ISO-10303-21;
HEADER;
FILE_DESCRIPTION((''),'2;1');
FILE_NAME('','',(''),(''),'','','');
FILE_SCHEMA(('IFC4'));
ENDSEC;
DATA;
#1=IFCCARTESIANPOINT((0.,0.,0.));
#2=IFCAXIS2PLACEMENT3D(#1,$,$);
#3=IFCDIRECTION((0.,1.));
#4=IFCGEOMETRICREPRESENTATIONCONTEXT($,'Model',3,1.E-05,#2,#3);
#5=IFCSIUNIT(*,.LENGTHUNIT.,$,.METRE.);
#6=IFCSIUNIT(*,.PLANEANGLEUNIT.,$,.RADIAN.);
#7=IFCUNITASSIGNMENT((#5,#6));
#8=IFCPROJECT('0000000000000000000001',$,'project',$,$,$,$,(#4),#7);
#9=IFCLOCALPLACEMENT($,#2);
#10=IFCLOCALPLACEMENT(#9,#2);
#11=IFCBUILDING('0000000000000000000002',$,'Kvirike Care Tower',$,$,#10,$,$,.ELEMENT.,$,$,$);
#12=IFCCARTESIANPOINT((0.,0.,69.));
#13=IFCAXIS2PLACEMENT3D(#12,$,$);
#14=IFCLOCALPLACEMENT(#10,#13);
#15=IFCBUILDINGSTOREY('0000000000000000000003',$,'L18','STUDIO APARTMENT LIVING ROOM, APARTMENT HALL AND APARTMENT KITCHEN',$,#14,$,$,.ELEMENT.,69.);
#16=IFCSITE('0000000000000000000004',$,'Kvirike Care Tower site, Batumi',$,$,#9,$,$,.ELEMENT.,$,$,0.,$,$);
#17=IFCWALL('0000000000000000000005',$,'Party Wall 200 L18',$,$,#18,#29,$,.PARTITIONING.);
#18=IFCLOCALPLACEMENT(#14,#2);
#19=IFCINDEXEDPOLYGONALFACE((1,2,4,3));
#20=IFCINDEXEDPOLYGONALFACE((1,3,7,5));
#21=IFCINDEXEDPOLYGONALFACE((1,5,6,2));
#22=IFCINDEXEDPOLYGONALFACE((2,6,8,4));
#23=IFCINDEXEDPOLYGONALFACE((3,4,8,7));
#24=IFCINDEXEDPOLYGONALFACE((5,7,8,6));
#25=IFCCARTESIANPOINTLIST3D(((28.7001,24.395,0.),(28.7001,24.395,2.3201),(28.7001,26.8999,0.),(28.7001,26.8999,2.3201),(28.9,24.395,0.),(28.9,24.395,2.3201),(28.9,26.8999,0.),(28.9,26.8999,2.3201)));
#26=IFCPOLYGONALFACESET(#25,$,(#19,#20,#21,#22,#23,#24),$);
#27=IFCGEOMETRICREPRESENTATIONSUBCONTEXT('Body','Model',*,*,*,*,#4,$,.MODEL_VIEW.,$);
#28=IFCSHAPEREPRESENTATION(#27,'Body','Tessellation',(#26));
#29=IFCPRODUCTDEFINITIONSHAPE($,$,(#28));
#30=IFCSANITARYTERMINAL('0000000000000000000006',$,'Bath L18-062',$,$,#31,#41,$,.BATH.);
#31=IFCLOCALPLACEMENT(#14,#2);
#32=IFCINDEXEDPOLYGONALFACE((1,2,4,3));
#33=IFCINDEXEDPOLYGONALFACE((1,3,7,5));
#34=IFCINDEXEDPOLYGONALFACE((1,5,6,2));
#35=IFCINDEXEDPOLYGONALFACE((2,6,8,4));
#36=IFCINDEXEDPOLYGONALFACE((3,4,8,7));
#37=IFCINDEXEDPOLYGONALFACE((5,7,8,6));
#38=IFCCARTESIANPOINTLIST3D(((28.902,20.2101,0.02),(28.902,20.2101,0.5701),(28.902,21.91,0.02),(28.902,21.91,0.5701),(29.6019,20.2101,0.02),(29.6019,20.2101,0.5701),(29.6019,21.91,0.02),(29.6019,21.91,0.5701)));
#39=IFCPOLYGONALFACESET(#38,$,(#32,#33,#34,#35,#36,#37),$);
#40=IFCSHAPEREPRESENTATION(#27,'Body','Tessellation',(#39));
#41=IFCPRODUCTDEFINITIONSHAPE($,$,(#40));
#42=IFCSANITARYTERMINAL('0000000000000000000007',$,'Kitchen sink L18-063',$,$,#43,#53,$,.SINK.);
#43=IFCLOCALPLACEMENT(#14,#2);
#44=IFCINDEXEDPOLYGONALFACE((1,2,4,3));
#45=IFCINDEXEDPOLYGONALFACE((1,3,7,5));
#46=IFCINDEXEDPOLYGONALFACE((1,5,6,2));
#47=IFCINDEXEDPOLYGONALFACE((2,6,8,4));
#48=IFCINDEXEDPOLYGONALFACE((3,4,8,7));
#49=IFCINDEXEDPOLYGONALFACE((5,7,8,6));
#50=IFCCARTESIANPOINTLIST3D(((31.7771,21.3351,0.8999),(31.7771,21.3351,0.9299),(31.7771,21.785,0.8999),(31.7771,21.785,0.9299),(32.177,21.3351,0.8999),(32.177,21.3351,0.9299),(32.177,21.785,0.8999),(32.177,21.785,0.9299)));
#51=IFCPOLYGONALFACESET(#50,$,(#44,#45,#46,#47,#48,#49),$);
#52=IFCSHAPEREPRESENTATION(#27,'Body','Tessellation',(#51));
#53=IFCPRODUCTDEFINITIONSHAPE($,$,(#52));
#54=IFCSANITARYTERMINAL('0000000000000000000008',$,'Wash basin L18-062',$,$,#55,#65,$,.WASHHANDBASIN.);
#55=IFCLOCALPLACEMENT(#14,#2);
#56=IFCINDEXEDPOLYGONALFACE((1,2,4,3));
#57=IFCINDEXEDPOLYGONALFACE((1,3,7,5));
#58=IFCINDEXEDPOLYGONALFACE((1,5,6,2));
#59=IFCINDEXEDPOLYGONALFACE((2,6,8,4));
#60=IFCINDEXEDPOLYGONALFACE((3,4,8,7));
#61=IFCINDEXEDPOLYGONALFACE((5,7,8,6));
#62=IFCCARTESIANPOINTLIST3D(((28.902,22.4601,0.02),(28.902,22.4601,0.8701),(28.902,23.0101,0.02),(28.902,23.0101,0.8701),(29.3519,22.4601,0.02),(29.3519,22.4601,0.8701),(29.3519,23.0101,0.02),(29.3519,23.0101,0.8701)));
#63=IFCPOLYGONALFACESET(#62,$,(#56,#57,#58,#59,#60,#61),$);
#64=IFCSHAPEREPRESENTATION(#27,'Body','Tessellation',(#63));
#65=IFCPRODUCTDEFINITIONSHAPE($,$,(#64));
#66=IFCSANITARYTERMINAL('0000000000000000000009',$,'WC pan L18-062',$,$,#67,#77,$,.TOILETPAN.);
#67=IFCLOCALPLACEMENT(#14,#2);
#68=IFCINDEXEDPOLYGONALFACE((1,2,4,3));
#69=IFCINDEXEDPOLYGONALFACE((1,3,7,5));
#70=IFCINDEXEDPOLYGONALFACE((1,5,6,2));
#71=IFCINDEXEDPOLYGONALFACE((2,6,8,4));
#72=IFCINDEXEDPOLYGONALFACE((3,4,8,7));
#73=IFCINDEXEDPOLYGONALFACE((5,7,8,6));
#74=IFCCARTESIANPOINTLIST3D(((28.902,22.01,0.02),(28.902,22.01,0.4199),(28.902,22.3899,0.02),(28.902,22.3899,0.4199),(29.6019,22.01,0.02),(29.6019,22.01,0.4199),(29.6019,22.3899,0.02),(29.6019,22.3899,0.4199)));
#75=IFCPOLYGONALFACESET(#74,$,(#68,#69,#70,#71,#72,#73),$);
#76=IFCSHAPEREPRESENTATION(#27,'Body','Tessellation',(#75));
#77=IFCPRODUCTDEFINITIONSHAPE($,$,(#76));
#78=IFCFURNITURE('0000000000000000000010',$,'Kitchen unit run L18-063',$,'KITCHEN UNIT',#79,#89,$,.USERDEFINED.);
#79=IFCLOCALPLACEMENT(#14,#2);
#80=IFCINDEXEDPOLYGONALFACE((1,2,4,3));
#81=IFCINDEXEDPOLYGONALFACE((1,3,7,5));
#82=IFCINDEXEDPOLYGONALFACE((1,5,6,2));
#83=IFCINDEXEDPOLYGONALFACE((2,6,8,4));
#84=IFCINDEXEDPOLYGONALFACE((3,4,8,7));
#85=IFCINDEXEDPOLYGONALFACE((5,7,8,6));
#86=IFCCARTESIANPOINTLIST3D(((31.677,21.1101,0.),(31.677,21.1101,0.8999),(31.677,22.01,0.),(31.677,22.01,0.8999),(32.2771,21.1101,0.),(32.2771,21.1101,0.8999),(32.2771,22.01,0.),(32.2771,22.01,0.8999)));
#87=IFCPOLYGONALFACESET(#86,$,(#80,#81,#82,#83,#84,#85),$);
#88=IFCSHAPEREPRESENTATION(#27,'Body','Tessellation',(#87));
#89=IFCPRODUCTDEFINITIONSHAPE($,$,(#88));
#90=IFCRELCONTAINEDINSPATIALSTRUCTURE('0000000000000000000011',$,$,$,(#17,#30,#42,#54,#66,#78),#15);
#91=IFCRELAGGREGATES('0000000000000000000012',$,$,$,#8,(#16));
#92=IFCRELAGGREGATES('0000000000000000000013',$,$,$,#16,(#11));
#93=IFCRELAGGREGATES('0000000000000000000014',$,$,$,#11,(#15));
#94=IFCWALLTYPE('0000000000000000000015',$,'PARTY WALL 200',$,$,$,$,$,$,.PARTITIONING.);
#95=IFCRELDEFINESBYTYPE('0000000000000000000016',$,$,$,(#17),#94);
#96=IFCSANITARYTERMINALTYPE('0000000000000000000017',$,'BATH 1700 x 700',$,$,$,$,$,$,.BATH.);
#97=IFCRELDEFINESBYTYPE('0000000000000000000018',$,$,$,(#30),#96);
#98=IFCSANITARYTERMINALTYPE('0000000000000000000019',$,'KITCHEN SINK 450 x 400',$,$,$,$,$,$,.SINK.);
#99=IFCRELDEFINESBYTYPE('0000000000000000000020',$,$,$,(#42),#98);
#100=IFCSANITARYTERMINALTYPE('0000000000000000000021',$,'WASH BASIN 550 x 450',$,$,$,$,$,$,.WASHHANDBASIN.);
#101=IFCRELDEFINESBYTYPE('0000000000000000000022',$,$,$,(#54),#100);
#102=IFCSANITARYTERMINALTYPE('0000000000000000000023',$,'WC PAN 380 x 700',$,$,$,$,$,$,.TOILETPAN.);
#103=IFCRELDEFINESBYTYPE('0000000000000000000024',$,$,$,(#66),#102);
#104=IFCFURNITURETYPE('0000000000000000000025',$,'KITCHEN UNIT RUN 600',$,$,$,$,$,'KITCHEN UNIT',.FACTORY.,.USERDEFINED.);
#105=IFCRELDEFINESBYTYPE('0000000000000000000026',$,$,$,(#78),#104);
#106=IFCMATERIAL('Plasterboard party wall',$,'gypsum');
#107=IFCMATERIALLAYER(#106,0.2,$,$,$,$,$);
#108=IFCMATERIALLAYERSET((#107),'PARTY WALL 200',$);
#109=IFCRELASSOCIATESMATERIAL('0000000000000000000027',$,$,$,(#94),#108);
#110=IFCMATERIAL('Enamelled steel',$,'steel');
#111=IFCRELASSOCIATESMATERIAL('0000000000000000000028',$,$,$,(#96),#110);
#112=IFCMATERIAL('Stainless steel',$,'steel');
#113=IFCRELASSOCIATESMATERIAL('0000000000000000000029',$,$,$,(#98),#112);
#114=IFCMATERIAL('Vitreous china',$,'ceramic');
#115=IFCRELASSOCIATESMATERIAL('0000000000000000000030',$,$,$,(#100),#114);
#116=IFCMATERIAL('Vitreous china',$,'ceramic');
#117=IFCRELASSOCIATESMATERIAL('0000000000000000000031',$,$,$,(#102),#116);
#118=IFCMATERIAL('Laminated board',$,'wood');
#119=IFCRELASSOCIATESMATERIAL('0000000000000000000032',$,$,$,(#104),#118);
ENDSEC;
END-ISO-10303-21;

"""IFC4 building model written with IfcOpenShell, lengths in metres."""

from ifc_helpers import new_model, si_unit, direction, frame, frame_2d, origin, origin_2d, place, context, subcontext, project, spatial, rectangle, extrude, material, layer, layer_set, type_object, element, save


model = new_model("IFC4")

# Units and contexts
model_context = context("Model", 3, precision=1e-05, world=origin(), true_north=direction((0.0, 1.0)))
body_context = subcontext(model_context, "Body", "Model", "MODEL_VIEW")
ifc_project = project(units=[si_unit("LENGTHUNIT", "METRE"), si_unit("PLANEANGLEUNIT", "RADIAN")], contexts=[model_context])

# Site, building, storey
site_placement = place(None, origin())
site = spatial("IfcSite", under=ifc_project, at=site_placement, Name="Kvirike Care Tower site, Batumi", CompositionType="ELEMENT", RefElevation=0.0)
building_placement = place(site_placement, origin())
building = spatial("IfcBuilding", under=site, at=building_placement, Name="Kvirike Care Tower", CompositionType="ELEMENT")
storey_placement = place(building_placement, frame((0.0, 0.0, 69.0)))
storey = spatial("IfcBuildingStorey", under=building, at=storey_placement, Name="L18", Description="STUDIO APARTMENT LIVING ROOM, APARTMENT HALL AND APARTMENT KITCHEN", CompositionType="ELEMENT", Elevation=69.0)

# Wall
ifc_material_1 = material(Name="Plasterboard party wall", Category="gypsum")
ifc_layer_1 = layer(ifc_material_1, 0.2)
ifc_layer_set_1 = layer_set([ifc_layer_1], Name="PARTY WALL 200")
wall_type_1 = type_object("IfcWallType", Name="PARTY WALL 200", PredefinedType="PARTITIONING", material=ifc_layer_set_1)
wall_1_placement = place(storey_placement, frame((28.8, 24.395, 0.0), z_axis=(0.0, 0.0, 1.0), x_axis=(0.0, 1.0, 0.0)))
element("IfcWall", 1, at=wall_1_placement, inside=storey, type_object=wall_type_1, Name="Party Wall 200 L18", PredefinedType="PARTITIONING", context=body_context, shape_type="SweptSolid", body=[
    extrude(rectangle(XDim=2.5049, YDim=0.2, at=frame_2d((1.2524, 0.0))), origin(), (0.0, 0.0, 1.0), 2.3201),
])

# Sanitary terminals
ifc_material_2 = material(Name="Enamelled steel", Category="steel")
sanitary_terminal_type_1 = type_object("IfcSanitaryTerminalType", Name="BATH 1700 x 700", PredefinedType="BATH", material=ifc_material_2)
sanitary_terminal_1_placement = place(storey_placement, frame((29.252, 21.0601, 0.02), z_axis=(0.0, 0.0, 1.0), x_axis=(0.0, 1.0, 0.0)))
element("IfcSanitaryTerminal", 2, at=sanitary_terminal_1_placement, inside=storey, type_object=sanitary_terminal_type_1, Name="Bath L18-062", PredefinedType="BATH", context=body_context, shape_type="SweptSolid", body=[
    extrude(rectangle(XDim=1.7, YDim=0.7, at=origin_2d()), origin(), (0.0, 0.0, 1.0), 0.55),
])
ifc_material_3 = material(Name="Stainless steel", Category="steel")
sanitary_terminal_type_2 = type_object("IfcSanitaryTerminalType", Name="KITCHEN SINK 450 x 400", PredefinedType="SINK", material=ifc_material_3)
sanitary_terminal_2_placement = place(storey_placement, frame((31.9771, 21.5601, 0.8999), z_axis=(0.0, 0.0, 1.0), x_axis=(0.0, 1.0, 0.0)))
element("IfcSanitaryTerminal", 3, at=sanitary_terminal_2_placement, inside=storey, type_object=sanitary_terminal_type_2, Name="Kitchen sink L18-063", PredefinedType="SINK", context=body_context, shape_type="SweptSolid", body=[
    extrude(rectangle(XDim=0.45, YDim=0.3999, at=origin_2d()), origin(), (0.0, 0.0, 1.0), 0.03),
])
ifc_material_4 = material(Name="Vitreous china", Category="ceramic")
sanitary_terminal_type_3 = type_object("IfcSanitaryTerminalType", Name="WASH BASIN 550 x 450", PredefinedType="WASHHANDBASIN", material=ifc_material_4)
sanitary_terminal_3_placement = place(storey_placement, frame((29.127, 22.7351, 0.02), z_axis=(0.0, 0.0, 1.0), x_axis=(0.0, 1.0, 0.0)))
element("IfcSanitaryTerminal", 4, at=sanitary_terminal_3_placement, inside=storey, type_object=sanitary_terminal_type_3, Name="Wash basin L18-062", PredefinedType="WASHHANDBASIN", context=body_context, shape_type="SweptSolid", body=[
    extrude(rectangle(XDim=0.55, YDim=0.45, at=origin_2d()), origin(), (0.0, 0.0, 1.0), 0.8501),
])
ifc_material_5 = material(Name="Vitreous china", Category="ceramic")
sanitary_terminal_type_4 = type_object("IfcSanitaryTerminalType", Name="WC PAN 380 x 700", PredefinedType="TOILETPAN", material=ifc_material_5)
sanitary_terminal_4_placement = place(storey_placement, frame((29.252, 22.2, 0.02), z_axis=(0.0, 0.0, 1.0), x_axis=(0.0, 1.0, 0.0)))
element("IfcSanitaryTerminal", 5, at=sanitary_terminal_4_placement, inside=storey, type_object=sanitary_terminal_type_4, Name="WC pan L18-062", PredefinedType="TOILETPAN", context=body_context, shape_type="SweptSolid", body=[
    extrude(rectangle(XDim=0.3799, YDim=0.7, at=origin_2d()), origin(), (0.0, 0.0, 1.0), 0.3999),
])

# Furniture
ifc_material_6 = material(Name="Laminated board", Category="wood")
furniture_type = type_object("IfcFurnitureType", Name="KITCHEN UNIT RUN 600", ElementType="KITCHEN UNIT", AssemblyPlace="FACTORY", PredefinedType="USERDEFINED", material=ifc_material_6)
furniture_placement = place(storey_placement, frame((31.9771, 21.5601, 0.0), z_axis=(0.0, 0.0, 1.0), x_axis=(0.0, 1.0, 0.0)))
element("IfcFurniture", 6, at=furniture_placement, inside=storey, type_object=furniture_type, Name="Kitchen unit run L18-063", ObjectType="KITCHEN UNIT", PredefinedType="USERDEFINED", context=body_context, shape_type="SweptSolid", body=[
    extrude(rectangle(XDim=0.8999, YDim=0.6001, at=origin_2d()), origin(), (0.0, 0.0, 1.0), 0.8999),
])

save(model, "model.ifc")
